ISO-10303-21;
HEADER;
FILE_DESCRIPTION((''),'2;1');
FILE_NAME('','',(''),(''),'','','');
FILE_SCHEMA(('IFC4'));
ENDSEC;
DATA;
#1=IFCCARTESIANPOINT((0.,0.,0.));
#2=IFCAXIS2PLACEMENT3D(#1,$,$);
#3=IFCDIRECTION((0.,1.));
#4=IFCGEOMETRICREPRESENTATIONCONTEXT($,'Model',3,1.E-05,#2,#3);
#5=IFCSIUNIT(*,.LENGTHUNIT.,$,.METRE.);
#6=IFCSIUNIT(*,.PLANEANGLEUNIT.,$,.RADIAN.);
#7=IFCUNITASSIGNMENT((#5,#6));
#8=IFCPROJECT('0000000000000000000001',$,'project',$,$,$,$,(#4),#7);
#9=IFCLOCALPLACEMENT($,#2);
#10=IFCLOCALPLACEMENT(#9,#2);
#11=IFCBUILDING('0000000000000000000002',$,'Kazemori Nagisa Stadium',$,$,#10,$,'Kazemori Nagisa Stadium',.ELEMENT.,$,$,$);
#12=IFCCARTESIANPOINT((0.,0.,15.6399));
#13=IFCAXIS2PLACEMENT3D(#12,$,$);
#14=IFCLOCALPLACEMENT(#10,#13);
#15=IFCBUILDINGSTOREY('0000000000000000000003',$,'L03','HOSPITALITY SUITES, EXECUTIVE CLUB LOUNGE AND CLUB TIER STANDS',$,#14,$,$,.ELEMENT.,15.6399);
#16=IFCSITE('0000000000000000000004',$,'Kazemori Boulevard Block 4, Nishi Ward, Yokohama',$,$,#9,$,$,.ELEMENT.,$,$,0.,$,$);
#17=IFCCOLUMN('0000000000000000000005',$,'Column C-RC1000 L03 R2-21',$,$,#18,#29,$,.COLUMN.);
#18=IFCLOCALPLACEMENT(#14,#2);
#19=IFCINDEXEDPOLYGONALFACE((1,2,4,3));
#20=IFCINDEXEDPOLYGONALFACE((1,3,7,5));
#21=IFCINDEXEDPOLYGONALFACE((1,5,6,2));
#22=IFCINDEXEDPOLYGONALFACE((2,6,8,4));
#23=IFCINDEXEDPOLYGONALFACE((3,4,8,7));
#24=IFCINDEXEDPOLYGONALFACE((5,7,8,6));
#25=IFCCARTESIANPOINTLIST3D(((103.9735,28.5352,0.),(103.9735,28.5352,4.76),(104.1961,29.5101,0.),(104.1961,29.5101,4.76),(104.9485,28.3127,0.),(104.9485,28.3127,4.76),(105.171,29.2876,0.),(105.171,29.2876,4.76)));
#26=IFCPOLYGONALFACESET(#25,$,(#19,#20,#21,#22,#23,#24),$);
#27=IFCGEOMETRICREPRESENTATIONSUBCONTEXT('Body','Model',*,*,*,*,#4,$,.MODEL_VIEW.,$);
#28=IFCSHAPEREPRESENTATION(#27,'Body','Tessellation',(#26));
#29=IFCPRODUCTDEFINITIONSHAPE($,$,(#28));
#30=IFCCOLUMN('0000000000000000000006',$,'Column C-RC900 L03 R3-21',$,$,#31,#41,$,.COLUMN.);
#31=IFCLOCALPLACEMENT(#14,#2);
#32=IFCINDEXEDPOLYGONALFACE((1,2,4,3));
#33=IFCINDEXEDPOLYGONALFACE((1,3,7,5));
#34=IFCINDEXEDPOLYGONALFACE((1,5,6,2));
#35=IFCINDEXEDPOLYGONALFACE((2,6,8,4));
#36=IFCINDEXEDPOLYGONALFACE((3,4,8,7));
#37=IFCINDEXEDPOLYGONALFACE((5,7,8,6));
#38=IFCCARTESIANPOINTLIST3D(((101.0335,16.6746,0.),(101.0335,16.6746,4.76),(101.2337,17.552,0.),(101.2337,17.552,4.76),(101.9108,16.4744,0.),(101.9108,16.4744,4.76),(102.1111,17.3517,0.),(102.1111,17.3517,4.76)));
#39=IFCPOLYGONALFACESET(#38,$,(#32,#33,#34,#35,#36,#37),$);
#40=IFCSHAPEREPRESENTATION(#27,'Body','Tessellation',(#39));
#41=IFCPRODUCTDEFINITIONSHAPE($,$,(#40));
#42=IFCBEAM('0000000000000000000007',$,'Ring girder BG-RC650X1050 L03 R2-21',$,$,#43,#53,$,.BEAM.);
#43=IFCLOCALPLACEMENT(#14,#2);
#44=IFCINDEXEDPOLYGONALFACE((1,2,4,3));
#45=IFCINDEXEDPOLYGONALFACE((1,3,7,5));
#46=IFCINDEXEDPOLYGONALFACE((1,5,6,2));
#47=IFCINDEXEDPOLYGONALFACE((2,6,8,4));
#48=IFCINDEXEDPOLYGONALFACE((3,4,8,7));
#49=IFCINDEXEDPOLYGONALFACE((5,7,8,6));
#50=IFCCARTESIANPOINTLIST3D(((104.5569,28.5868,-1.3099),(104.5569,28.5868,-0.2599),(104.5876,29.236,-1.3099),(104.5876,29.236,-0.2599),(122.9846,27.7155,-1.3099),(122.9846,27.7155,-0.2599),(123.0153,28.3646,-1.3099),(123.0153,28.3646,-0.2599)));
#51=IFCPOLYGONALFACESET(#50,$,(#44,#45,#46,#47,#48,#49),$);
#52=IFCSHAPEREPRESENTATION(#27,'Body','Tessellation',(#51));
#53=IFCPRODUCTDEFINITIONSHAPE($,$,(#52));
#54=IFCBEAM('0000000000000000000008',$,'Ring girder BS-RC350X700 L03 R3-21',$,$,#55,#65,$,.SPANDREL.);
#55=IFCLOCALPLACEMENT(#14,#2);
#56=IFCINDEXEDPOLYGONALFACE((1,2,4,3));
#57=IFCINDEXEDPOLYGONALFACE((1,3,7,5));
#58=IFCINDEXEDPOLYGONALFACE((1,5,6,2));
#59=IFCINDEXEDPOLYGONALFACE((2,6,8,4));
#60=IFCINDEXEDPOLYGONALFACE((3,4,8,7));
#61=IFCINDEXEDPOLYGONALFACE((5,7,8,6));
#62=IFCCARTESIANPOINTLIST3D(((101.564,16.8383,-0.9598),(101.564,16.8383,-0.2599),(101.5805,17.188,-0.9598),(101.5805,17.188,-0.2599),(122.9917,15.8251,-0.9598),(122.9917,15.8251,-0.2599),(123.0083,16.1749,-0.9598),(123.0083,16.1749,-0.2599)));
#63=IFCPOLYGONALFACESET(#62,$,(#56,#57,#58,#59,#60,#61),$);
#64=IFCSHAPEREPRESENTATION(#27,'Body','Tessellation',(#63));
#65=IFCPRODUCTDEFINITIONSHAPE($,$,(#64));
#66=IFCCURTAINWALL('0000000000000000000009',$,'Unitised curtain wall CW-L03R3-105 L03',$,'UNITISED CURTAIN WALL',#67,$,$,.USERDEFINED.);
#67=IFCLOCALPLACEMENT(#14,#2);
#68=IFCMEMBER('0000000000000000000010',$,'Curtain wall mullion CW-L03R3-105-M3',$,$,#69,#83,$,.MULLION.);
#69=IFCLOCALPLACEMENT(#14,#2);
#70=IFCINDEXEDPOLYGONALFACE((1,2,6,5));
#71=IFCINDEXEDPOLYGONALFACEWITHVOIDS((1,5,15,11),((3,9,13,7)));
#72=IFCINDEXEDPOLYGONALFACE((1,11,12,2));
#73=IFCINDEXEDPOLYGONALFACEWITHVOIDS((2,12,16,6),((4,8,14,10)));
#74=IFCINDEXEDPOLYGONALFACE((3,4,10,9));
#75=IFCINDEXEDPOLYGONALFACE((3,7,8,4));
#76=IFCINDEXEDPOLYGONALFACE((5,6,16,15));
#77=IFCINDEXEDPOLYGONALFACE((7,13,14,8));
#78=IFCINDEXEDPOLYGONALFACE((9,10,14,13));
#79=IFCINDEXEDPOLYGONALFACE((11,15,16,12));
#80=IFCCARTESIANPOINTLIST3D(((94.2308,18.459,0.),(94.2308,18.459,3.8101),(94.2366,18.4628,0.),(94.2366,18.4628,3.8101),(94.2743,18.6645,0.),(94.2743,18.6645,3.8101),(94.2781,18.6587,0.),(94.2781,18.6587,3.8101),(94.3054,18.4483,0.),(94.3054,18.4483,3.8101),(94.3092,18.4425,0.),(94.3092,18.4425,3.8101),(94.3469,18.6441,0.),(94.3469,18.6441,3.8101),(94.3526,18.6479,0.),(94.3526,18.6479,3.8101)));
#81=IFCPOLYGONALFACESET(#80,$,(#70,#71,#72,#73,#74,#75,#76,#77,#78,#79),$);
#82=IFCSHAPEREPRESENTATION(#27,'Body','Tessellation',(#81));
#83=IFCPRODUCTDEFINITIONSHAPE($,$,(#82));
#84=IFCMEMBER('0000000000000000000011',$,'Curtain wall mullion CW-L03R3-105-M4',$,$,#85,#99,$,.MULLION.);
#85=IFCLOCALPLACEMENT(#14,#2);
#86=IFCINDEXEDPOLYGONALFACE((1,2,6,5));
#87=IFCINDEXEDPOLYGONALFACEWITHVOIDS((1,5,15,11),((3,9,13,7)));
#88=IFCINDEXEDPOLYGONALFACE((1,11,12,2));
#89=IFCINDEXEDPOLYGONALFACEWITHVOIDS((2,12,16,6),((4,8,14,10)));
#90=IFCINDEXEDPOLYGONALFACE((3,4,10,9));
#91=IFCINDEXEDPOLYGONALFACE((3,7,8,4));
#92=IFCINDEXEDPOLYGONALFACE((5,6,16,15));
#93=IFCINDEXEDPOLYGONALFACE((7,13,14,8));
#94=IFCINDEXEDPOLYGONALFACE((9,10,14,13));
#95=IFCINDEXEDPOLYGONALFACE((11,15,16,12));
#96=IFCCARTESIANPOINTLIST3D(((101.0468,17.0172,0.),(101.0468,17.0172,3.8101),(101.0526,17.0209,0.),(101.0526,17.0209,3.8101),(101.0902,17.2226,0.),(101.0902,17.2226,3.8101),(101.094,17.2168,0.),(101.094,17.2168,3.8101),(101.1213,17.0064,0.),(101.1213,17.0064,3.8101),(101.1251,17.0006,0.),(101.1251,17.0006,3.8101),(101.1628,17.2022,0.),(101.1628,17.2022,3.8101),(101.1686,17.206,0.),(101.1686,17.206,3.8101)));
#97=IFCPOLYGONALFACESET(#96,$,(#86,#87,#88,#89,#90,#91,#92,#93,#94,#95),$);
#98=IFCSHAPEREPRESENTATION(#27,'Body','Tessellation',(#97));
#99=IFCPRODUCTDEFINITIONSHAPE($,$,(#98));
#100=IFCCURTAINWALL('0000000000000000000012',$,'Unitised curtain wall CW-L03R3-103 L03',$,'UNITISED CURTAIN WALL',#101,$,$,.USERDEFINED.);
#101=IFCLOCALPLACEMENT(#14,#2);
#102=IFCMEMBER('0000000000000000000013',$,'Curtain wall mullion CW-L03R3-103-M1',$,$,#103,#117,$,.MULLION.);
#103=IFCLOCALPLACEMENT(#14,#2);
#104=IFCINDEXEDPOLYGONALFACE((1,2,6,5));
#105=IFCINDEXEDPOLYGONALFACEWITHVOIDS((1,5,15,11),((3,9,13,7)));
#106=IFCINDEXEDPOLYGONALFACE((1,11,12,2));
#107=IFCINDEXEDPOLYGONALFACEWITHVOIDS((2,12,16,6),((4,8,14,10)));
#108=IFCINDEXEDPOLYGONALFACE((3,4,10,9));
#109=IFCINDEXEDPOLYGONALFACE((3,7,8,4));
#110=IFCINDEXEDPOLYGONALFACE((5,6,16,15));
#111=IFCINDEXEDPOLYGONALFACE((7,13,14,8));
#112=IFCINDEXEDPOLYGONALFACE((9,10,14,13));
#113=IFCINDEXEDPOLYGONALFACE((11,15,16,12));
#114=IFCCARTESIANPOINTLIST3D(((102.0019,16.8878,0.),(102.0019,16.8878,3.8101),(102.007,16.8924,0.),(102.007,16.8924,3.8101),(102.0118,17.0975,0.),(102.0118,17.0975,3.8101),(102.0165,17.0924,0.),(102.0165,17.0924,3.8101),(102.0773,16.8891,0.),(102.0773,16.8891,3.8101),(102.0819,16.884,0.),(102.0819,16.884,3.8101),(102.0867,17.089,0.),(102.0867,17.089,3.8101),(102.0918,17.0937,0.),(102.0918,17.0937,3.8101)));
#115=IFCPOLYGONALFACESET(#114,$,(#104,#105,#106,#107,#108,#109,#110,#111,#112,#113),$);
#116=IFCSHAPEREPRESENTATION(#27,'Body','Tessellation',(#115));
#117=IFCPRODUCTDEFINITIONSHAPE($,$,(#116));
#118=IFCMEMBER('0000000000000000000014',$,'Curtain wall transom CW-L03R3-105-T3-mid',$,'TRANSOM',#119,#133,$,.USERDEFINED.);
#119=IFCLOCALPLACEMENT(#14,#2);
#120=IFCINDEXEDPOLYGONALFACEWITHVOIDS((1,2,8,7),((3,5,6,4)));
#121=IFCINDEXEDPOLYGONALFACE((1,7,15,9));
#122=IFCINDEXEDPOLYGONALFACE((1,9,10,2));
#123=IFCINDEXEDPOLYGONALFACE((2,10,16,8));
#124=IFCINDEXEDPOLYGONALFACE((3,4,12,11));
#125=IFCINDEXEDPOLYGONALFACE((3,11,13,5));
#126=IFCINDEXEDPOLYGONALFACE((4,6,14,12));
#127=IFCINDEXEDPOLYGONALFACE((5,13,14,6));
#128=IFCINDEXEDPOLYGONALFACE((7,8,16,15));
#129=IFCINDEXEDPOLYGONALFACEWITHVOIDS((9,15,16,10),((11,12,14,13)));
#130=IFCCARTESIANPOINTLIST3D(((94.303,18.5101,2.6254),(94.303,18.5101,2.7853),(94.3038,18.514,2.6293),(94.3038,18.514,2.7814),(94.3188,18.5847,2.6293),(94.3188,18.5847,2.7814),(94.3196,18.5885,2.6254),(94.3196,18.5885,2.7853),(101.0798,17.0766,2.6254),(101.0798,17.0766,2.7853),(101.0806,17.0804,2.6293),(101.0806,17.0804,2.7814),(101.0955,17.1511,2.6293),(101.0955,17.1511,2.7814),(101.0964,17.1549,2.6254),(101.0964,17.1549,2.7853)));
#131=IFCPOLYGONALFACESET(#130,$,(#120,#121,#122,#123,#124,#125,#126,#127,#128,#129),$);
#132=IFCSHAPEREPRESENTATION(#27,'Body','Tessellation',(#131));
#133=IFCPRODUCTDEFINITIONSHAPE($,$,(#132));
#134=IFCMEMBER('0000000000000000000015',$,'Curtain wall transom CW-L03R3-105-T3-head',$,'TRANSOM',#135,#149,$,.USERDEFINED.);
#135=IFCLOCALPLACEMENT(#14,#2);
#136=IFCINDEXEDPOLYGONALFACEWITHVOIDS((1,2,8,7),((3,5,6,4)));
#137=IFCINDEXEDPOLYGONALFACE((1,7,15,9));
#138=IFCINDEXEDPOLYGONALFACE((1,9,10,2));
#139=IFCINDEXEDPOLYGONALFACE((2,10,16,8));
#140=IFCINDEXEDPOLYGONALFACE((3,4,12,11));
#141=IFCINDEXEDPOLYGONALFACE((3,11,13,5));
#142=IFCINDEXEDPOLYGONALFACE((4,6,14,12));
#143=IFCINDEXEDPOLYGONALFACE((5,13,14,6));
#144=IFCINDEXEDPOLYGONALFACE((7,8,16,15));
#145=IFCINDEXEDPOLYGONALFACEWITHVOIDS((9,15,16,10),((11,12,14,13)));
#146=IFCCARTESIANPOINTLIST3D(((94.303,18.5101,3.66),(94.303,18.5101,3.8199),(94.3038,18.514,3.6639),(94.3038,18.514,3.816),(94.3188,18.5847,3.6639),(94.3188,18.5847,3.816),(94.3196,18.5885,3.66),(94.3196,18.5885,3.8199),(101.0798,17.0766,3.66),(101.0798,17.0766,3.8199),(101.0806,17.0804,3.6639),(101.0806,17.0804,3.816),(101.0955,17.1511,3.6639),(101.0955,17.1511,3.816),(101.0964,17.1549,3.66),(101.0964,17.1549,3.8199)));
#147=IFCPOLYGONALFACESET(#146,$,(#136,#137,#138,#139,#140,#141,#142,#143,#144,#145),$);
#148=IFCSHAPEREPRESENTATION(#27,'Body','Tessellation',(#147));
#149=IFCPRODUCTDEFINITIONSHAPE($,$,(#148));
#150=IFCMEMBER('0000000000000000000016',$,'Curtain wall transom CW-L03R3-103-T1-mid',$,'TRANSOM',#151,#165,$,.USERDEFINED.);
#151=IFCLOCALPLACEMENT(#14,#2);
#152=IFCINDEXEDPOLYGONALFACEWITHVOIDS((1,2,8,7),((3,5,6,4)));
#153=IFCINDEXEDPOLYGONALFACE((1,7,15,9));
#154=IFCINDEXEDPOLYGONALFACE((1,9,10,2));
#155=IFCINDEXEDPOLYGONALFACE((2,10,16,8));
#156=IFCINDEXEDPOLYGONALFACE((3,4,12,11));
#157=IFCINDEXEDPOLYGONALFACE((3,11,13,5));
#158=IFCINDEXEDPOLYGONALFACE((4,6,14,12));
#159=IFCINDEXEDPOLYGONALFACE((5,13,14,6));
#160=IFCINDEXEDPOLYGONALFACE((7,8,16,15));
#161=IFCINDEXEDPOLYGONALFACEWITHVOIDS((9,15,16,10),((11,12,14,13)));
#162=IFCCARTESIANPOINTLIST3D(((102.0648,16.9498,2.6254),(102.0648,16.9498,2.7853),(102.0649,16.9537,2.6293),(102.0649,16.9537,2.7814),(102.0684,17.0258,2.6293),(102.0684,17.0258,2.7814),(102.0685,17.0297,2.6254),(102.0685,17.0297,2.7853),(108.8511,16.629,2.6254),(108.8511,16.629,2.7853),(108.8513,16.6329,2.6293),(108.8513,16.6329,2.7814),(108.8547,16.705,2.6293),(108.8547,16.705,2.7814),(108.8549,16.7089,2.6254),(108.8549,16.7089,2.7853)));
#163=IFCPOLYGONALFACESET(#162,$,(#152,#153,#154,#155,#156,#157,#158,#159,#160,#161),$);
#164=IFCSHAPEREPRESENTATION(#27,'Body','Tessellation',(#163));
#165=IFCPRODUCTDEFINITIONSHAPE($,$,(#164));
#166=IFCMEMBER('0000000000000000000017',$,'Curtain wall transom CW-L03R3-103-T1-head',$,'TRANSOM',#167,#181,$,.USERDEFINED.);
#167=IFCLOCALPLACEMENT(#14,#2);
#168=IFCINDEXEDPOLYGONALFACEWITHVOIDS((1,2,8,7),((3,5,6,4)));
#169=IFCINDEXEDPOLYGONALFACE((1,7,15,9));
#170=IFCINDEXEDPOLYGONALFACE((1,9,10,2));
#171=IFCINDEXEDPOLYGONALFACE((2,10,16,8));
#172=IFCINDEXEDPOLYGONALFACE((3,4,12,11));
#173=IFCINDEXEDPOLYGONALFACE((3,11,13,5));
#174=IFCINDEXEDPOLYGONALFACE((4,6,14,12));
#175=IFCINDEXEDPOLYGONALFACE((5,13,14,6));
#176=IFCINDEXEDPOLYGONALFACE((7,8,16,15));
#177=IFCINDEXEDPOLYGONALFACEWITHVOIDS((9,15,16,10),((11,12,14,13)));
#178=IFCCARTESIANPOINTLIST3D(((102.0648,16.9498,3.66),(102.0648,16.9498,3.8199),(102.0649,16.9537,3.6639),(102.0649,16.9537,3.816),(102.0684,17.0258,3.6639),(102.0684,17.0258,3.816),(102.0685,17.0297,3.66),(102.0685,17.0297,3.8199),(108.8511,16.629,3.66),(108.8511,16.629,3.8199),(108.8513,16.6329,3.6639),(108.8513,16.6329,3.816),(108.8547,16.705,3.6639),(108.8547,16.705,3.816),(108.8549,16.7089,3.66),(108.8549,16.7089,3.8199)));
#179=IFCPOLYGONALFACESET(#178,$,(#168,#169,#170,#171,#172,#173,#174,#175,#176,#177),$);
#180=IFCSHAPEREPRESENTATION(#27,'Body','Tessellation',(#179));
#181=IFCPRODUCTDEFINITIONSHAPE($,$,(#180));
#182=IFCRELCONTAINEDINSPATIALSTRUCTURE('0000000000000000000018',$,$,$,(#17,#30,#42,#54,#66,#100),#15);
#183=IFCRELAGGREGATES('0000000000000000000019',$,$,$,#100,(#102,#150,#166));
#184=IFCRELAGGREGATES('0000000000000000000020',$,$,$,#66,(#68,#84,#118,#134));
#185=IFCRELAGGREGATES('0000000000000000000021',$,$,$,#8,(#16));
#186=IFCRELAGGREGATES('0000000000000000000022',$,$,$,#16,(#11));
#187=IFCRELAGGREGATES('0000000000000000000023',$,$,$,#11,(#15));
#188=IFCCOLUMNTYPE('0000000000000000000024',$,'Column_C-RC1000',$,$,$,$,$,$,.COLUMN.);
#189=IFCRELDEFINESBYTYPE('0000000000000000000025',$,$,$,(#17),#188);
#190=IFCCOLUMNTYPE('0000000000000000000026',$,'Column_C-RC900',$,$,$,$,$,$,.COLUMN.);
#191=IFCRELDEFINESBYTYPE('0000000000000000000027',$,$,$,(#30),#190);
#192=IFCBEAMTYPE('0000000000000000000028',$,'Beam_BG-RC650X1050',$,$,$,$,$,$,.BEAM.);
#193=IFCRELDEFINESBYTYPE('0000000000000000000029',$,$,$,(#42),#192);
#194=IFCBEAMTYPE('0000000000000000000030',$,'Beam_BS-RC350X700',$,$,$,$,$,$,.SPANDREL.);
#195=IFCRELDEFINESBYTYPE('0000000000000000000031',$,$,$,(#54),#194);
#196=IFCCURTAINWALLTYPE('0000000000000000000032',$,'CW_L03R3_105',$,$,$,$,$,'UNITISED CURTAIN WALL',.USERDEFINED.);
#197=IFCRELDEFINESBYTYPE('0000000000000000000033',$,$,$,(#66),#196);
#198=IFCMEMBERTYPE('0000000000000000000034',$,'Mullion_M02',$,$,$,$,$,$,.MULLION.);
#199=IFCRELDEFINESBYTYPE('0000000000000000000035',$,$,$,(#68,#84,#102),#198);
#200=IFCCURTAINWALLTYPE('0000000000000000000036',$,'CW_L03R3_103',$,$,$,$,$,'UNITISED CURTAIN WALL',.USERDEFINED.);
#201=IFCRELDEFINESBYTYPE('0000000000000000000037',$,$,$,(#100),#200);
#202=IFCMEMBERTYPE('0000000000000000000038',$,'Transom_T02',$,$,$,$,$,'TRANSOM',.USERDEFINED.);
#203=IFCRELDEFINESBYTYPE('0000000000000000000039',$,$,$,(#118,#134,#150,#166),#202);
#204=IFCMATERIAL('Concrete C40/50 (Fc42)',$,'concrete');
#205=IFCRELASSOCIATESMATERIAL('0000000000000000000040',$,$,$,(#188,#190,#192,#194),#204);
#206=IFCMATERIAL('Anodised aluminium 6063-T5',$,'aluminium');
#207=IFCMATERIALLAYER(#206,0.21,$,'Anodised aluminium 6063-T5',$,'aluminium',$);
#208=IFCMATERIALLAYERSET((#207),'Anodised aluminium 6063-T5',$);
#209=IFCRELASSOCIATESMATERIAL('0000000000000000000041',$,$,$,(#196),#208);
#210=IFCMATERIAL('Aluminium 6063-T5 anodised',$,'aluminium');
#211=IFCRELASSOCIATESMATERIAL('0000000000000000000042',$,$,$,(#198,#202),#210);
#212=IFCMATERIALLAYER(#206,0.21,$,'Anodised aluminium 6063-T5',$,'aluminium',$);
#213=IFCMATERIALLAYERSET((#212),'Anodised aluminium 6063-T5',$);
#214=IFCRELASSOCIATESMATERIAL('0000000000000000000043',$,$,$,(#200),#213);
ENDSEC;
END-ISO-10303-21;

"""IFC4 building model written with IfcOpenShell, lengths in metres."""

from ifc_helpers import new_model, si_unit, direction, frame, origin, origin_2d, place, context, subcontext, project, spatial, rectangle, hollow_rectangle, extrude, material, layer, layer_set, material_profile, profile_set, type_object, element, aggregate, save


model = new_model("IFC4")

# Units and contexts
model_context = context("Model", 3, precision=1e-05, world=origin(), true_north=direction((0.0, 1.0)))
body_context = subcontext(model_context, "Body", "Model", "MODEL_VIEW")
ifc_project = project(units=[si_unit("LENGTHUNIT", "METRE"), si_unit("PLANEANGLEUNIT", "RADIAN")], contexts=[model_context])

# Site, building, storey
site_placement = place(None, origin())
site = spatial("IfcSite", under=ifc_project, at=site_placement, Name="Kazemori Boulevard Block 4, Nishi Ward, Yokohama", CompositionType="ELEMENT", RefElevation=0.0)
building_placement = place(site_placement, origin())
building = spatial("IfcBuilding", under=site, at=building_placement, Name="Kazemori Nagisa Stadium", LongName="Kazemori Nagisa Stadium", CompositionType="ELEMENT")
storey_placement = place(building_placement, frame((0.0, 0.0, 15.6399)))
storey = spatial("IfcBuildingStorey", under=building, at=storey_placement, Name="L03", Description="HOSPITALITY SUITES, EXECUTIVE CLUB LOUNGE AND CLUB TIER STANDS", CompositionType="ELEMENT", Elevation=15.6399)

# Columns
ifc_material_1 = material(Name="Concrete C40/50 (Fc42)", Category="concrete")
ifc_material_profile_1 = material_profile(ifc_material_1, rectangle(XDim=1.0, YDim=1.0, at=origin_2d()), Name="RC-COL-1000x1000")
ifc_profile_set_1 = profile_set([ifc_material_profile_1], Name="Concrete C40/50 (Fc42)")
column_type_1 = type_object("IfcColumnType", Name="Column_C-RC1000", PredefinedType="COLUMN", material=ifc_profile_set_1)
column_1_placement = place(storey_placement, frame((104.5723, 28.9114, 0.0), z_axis=(0.0, 0.0, 1.0), x_axis=(-0.222521, -0.974928, 0.0)))
element("IfcColumn", 1, at=column_1_placement, inside=storey, type_object=column_type_1, Name="Column C-RC1000 L03 R2-21", PredefinedType="COLUMN", context=body_context, shape_type="SweptSolid", body=[
    extrude(rectangle(XDim=1.0, YDim=1.0, at=origin_2d()), origin(), (0.0, 0.0, 1.0), 4.76),
])
ifc_material_profile_2 = material_profile(ifc_material_1, rectangle(XDim=0.8999, YDim=0.8999, at=origin_2d()), Name="RC-COL-900x900")
ifc_profile_set_2 = profile_set([ifc_material_profile_2], Name="Concrete C40/50 (Fc42)")
column_type_2 = type_object("IfcColumnType", Name="Column_C-RC900", PredefinedType="COLUMN", material=ifc_profile_set_2)
column_2_placement = place(storey_placement, frame((101.5723, 17.0132, 0.0), z_axis=(0.0, 0.0, 1.0), x_axis=(-0.222521, -0.974928, 0.0)))
element("IfcColumn", 2, at=column_2_placement, inside=storey, type_object=column_type_2, Name="Column C-RC900 L03 R3-21", PredefinedType="COLUMN", context=body_context, shape_type="SweptSolid", body=[
    extrude(rectangle(XDim=0.8999, YDim=0.8999, at=origin_2d()), origin(), (0.0, 0.0, 1.0), 4.76),
])

# Beams
ifc_material_profile_3 = material_profile(ifc_material_1, rectangle(XDim=0.6499, YDim=1.05, at=origin_2d()), Name="RC-BM-650x1050")
ifc_profile_set_3 = profile_set([ifc_material_profile_3], Name="Concrete C40/50 (Fc42)")
beam_type_1 = type_object("IfcBeamType", Name="Beam_BG-RC650X1050", PredefinedType="BEAM", material=ifc_profile_set_3)
beam_1_placement = place(storey_placement, frame((104.5723, 28.9114, -0.7849), z_axis=(0.998884, -0.047231, 0.0), x_axis=(0.047231, 0.998884, 0.0)))
element("IfcBeam", 3, at=beam_1_placement, inside=storey, type_object=beam_type_1, Name="Ring girder BG-RC650X1050 L03 R2-21", PredefinedType="BEAM", context=body_context, shape_type="SweptSolid", body=[
    extrude(rectangle(XDim=0.6499, YDim=1.05, at=origin_2d()), origin(), (0.0, 0.0, 1.0), 18.4482),
])
ifc_material_profile_4 = material_profile(ifc_material_1, rectangle(XDim=0.3501, YDim=0.7, at=origin_2d()), Name="RC-SP-350x700")
ifc_profile_set_4 = profile_set([ifc_material_profile_4], Name="Concrete C40/50 (Fc42)")
beam_type_2 = type_object("IfcBeamType", Name="Beam_BS-RC350X700", PredefinedType="SPANDREL", material=ifc_profile_set_4)
beam_2_placement = place(storey_placement, frame((101.5723, 17.0132, -0.6099), z_axis=(0.998884, -0.047231, 0.0), x_axis=(0.047231, 0.998884, 0.0)))
element("IfcBeam", 4, at=beam_2_placement, inside=storey, type_object=beam_type_2, Name="Ring girder BS-RC350X700 L03 R3-21", PredefinedType="SPANDREL", context=body_context, shape_type="SweptSolid", body=[
    extrude(rectangle(XDim=0.3501, YDim=0.7, at=origin_2d()), origin(), (0.0, 0.0, 1.0), 21.4517),
])

# Curtain wall, members
ifc_material_2 = material(Name="Anodised aluminium 6063-T5", Category="aluminium")
ifc_layer_1 = layer(ifc_material_2, 0.21, Name="Anodised aluminium 6063-T5", Category="aluminium")
ifc_layer_set_1 = layer_set([ifc_layer_1], Name="Anodised aluminium 6063-T5")
curtain_wall_type_1 = type_object("IfcCurtainWallType", Name="CW_L03R3_105", ElementType="UNITISED CURTAIN WALL", PredefinedType="USERDEFINED", material=ifc_layer_set_1)
curtain_wall_1_placement = place(storey_placement, origin())
curtain_wall_1 = element("IfcCurtainWall", 5, at=curtain_wall_1_placement, inside=storey, type_object=curtain_wall_type_1, Name="Unitised curtain wall CW-L03R3-105 L03", ObjectType="UNITISED CURTAIN WALL", PredefinedType="USERDEFINED")
ifc_material_3 = material(Name="Aluminium 6063-T5 anodised", Category="aluminium")
ifc_material_profile_5 = material_profile(ifc_material_3, hollow_rectangle(XDim=0.0801, YDim=0.21, WallThickness=0.0049, at=origin_2d()), Name="ALU-MULL-80x210x5")
ifc_profile_set_5 = profile_set([ifc_material_profile_5], Name="Aluminium 6063-T5 anodised")
member_type_1 = type_object("IfcMemberType", Name="Mullion_M02", PredefinedType="MULLION", material=ifc_profile_set_5)
member_1_placement = place(storey_placement, frame((94.2917, 18.5535, 0.0), z_axis=(0.0, 0.0, 1.0), x_axis=(0.978345, -0.206981, 0.0)))
member_1 = element("IfcMember", 6, at=member_1_placement, type_object=member_type_1, Name="Curtain wall mullion CW-L03R3-105-M3", PredefinedType="MULLION", context=body_context, shape_type="SweptSolid", body=[
    extrude(hollow_rectangle(XDim=0.0801, YDim=0.21, WallThickness=0.0049, at=origin_2d()), origin(), (0.0, 0.0, 1.0), 3.8101),
])
member_2_placement = place(storey_placement, frame((101.1077, 17.1116, 0.0), z_axis=(0.0, 0.0, 1.0), x_axis=(0.978345, -0.206981, 0.0)))
member_2 = element("IfcMember", 7, at=member_2_placement, type_object=member_type_1, Name="Curtain wall mullion CW-L03R3-105-M4", PredefinedType="MULLION", context=body_context, shape_type="SweptSolid", body=[
    extrude(hollow_rectangle(XDim=0.0801, YDim=0.21, WallThickness=0.0049, at=origin_2d()), origin(), (0.0, 0.0, 1.0), 3.8101),
])

# Curtain wall, member
ifc_layer_2 = layer(ifc_material_2, 0.21, Name="Anodised aluminium 6063-T5", Category="aluminium")
ifc_layer_set_2 = layer_set([ifc_layer_2], Name="Anodised aluminium 6063-T5")
curtain_wall_type_2 = type_object("IfcCurtainWallType", Name="CW_L03R3_103", ElementType="UNITISED CURTAIN WALL", PredefinedType="USERDEFINED", material=ifc_layer_set_2)
curtain_wall_2_placement = place(storey_placement, origin())
curtain_wall_2 = element("IfcCurtainWall", 8, at=curtain_wall_2_placement, inside=storey, type_object=curtain_wall_type_2, Name="Unitised curtain wall CW-L03R3-103 L03", ObjectType="UNITISED CURTAIN WALL", PredefinedType="USERDEFINED")
member_3_placement = place(storey_placement, frame((102.0469, 16.9907, 0.0), z_axis=(0.0, 0.0, 1.0), x_axis=(0.998884, -0.04723, 0.0)))
member_3 = element("IfcMember", 9, at=member_3_placement, type_object=member_type_1, Name="Curtain wall mullion CW-L03R3-103-M1", PredefinedType="MULLION", context=body_context, shape_type="SweptSolid", body=[
    extrude(hollow_rectangle(XDim=0.0801, YDim=0.21, WallThickness=0.0049, at=origin_2d()), origin(), (0.0, 0.0, 1.0), 3.8101),
])

# Members
ifc_material_profile_6 = material_profile(ifc_material_3, hollow_rectangle(XDim=0.0801, YDim=0.1599, WallThickness=0.0039, at=origin_2d()), Name="ALU-TRAN-80x160x4")
ifc_profile_set_6 = profile_set([ifc_material_profile_6], Name="Aluminium 6063-T5 anodised")
member_type_2 = type_object("IfcMemberType", Name="Transom_T02", ElementType="TRANSOM", PredefinedType="USERDEFINED", material=ifc_profile_set_6)
member_4_placement = place(storey_placement, frame((94.3113, 18.5493, 2.7053), z_axis=(0.978349, -0.206962, 0.0), x_axis=(0.206962, 0.978349, 0.0)))
member_4 = element("IfcMember", 10, at=member_4_placement, type_object=member_type_2, Name="Curtain wall transom CW-L03R3-105-T3-mid", ObjectType="TRANSOM", PredefinedType="USERDEFINED", context=body_context, shape_type="SweptSolid", body=[
    extrude(hollow_rectangle(XDim=0.0801, YDim=0.1599, WallThickness=0.0039, at=origin_2d()), origin(), (0.0, 0.0, 1.0), 6.9268),
])
member_5_placement = place(storey_placement, frame((94.3113, 18.5493, 3.74), z_axis=(0.978349, -0.206962, 0.0), x_axis=(0.206962, 0.978349, 0.0)))
member_5 = element("IfcMember", 11, at=member_5_placement, type_object=member_type_2, Name="Curtain wall transom CW-L03R3-105-T3-head", ObjectType="TRANSOM", PredefinedType="USERDEFINED", context=body_context, shape_type="SweptSolid", body=[
    extrude(hollow_rectangle(XDim=0.0801, YDim=0.1599, WallThickness=0.0039, at=origin_2d()), origin(), (0.0, 0.0, 1.0), 6.9268),
])
member_6_placement = place(storey_placement, frame((102.0667, 16.9897, 2.7053), z_axis=(0.998885, -0.047219, 0.0), x_axis=(0.047219, 0.998885, 0.0)))
member_6 = element("IfcMember", 12, at=member_6_placement, type_object=member_type_2, Name="Curtain wall transom CW-L03R3-103-T1-mid", ObjectType="TRANSOM", PredefinedType="USERDEFINED", context=body_context, shape_type="SweptSolid", body=[
    extrude(hollow_rectangle(XDim=0.0801, YDim=0.1599, WallThickness=0.0039, at=origin_2d()), origin(), (0.0, 0.0, 1.0), 6.7939),
])
member_7_placement = place(storey_placement, frame((102.0667, 16.9897, 3.74), z_axis=(0.998885, -0.047219, 0.0), x_axis=(0.047219, 0.998885, 0.0)))
member_7 = element("IfcMember", 13, at=member_7_placement, type_object=member_type_2, Name="Curtain wall transom CW-L03R3-103-T1-head", ObjectType="TRANSOM", PredefinedType="USERDEFINED", context=body_context, shape_type="SweptSolid", body=[
    extrude(hollow_rectangle(XDim=0.0801, YDim=0.1599, WallThickness=0.0039, at=origin_2d()), origin(), (0.0, 0.0, 1.0), 6.7939),
])
aggregate(curtain_wall_2, [member_3, member_6, member_7])

aggregate(curtain_wall_1, [member_1, member_2, member_4, member_5])

save(model, "model.ifc")
